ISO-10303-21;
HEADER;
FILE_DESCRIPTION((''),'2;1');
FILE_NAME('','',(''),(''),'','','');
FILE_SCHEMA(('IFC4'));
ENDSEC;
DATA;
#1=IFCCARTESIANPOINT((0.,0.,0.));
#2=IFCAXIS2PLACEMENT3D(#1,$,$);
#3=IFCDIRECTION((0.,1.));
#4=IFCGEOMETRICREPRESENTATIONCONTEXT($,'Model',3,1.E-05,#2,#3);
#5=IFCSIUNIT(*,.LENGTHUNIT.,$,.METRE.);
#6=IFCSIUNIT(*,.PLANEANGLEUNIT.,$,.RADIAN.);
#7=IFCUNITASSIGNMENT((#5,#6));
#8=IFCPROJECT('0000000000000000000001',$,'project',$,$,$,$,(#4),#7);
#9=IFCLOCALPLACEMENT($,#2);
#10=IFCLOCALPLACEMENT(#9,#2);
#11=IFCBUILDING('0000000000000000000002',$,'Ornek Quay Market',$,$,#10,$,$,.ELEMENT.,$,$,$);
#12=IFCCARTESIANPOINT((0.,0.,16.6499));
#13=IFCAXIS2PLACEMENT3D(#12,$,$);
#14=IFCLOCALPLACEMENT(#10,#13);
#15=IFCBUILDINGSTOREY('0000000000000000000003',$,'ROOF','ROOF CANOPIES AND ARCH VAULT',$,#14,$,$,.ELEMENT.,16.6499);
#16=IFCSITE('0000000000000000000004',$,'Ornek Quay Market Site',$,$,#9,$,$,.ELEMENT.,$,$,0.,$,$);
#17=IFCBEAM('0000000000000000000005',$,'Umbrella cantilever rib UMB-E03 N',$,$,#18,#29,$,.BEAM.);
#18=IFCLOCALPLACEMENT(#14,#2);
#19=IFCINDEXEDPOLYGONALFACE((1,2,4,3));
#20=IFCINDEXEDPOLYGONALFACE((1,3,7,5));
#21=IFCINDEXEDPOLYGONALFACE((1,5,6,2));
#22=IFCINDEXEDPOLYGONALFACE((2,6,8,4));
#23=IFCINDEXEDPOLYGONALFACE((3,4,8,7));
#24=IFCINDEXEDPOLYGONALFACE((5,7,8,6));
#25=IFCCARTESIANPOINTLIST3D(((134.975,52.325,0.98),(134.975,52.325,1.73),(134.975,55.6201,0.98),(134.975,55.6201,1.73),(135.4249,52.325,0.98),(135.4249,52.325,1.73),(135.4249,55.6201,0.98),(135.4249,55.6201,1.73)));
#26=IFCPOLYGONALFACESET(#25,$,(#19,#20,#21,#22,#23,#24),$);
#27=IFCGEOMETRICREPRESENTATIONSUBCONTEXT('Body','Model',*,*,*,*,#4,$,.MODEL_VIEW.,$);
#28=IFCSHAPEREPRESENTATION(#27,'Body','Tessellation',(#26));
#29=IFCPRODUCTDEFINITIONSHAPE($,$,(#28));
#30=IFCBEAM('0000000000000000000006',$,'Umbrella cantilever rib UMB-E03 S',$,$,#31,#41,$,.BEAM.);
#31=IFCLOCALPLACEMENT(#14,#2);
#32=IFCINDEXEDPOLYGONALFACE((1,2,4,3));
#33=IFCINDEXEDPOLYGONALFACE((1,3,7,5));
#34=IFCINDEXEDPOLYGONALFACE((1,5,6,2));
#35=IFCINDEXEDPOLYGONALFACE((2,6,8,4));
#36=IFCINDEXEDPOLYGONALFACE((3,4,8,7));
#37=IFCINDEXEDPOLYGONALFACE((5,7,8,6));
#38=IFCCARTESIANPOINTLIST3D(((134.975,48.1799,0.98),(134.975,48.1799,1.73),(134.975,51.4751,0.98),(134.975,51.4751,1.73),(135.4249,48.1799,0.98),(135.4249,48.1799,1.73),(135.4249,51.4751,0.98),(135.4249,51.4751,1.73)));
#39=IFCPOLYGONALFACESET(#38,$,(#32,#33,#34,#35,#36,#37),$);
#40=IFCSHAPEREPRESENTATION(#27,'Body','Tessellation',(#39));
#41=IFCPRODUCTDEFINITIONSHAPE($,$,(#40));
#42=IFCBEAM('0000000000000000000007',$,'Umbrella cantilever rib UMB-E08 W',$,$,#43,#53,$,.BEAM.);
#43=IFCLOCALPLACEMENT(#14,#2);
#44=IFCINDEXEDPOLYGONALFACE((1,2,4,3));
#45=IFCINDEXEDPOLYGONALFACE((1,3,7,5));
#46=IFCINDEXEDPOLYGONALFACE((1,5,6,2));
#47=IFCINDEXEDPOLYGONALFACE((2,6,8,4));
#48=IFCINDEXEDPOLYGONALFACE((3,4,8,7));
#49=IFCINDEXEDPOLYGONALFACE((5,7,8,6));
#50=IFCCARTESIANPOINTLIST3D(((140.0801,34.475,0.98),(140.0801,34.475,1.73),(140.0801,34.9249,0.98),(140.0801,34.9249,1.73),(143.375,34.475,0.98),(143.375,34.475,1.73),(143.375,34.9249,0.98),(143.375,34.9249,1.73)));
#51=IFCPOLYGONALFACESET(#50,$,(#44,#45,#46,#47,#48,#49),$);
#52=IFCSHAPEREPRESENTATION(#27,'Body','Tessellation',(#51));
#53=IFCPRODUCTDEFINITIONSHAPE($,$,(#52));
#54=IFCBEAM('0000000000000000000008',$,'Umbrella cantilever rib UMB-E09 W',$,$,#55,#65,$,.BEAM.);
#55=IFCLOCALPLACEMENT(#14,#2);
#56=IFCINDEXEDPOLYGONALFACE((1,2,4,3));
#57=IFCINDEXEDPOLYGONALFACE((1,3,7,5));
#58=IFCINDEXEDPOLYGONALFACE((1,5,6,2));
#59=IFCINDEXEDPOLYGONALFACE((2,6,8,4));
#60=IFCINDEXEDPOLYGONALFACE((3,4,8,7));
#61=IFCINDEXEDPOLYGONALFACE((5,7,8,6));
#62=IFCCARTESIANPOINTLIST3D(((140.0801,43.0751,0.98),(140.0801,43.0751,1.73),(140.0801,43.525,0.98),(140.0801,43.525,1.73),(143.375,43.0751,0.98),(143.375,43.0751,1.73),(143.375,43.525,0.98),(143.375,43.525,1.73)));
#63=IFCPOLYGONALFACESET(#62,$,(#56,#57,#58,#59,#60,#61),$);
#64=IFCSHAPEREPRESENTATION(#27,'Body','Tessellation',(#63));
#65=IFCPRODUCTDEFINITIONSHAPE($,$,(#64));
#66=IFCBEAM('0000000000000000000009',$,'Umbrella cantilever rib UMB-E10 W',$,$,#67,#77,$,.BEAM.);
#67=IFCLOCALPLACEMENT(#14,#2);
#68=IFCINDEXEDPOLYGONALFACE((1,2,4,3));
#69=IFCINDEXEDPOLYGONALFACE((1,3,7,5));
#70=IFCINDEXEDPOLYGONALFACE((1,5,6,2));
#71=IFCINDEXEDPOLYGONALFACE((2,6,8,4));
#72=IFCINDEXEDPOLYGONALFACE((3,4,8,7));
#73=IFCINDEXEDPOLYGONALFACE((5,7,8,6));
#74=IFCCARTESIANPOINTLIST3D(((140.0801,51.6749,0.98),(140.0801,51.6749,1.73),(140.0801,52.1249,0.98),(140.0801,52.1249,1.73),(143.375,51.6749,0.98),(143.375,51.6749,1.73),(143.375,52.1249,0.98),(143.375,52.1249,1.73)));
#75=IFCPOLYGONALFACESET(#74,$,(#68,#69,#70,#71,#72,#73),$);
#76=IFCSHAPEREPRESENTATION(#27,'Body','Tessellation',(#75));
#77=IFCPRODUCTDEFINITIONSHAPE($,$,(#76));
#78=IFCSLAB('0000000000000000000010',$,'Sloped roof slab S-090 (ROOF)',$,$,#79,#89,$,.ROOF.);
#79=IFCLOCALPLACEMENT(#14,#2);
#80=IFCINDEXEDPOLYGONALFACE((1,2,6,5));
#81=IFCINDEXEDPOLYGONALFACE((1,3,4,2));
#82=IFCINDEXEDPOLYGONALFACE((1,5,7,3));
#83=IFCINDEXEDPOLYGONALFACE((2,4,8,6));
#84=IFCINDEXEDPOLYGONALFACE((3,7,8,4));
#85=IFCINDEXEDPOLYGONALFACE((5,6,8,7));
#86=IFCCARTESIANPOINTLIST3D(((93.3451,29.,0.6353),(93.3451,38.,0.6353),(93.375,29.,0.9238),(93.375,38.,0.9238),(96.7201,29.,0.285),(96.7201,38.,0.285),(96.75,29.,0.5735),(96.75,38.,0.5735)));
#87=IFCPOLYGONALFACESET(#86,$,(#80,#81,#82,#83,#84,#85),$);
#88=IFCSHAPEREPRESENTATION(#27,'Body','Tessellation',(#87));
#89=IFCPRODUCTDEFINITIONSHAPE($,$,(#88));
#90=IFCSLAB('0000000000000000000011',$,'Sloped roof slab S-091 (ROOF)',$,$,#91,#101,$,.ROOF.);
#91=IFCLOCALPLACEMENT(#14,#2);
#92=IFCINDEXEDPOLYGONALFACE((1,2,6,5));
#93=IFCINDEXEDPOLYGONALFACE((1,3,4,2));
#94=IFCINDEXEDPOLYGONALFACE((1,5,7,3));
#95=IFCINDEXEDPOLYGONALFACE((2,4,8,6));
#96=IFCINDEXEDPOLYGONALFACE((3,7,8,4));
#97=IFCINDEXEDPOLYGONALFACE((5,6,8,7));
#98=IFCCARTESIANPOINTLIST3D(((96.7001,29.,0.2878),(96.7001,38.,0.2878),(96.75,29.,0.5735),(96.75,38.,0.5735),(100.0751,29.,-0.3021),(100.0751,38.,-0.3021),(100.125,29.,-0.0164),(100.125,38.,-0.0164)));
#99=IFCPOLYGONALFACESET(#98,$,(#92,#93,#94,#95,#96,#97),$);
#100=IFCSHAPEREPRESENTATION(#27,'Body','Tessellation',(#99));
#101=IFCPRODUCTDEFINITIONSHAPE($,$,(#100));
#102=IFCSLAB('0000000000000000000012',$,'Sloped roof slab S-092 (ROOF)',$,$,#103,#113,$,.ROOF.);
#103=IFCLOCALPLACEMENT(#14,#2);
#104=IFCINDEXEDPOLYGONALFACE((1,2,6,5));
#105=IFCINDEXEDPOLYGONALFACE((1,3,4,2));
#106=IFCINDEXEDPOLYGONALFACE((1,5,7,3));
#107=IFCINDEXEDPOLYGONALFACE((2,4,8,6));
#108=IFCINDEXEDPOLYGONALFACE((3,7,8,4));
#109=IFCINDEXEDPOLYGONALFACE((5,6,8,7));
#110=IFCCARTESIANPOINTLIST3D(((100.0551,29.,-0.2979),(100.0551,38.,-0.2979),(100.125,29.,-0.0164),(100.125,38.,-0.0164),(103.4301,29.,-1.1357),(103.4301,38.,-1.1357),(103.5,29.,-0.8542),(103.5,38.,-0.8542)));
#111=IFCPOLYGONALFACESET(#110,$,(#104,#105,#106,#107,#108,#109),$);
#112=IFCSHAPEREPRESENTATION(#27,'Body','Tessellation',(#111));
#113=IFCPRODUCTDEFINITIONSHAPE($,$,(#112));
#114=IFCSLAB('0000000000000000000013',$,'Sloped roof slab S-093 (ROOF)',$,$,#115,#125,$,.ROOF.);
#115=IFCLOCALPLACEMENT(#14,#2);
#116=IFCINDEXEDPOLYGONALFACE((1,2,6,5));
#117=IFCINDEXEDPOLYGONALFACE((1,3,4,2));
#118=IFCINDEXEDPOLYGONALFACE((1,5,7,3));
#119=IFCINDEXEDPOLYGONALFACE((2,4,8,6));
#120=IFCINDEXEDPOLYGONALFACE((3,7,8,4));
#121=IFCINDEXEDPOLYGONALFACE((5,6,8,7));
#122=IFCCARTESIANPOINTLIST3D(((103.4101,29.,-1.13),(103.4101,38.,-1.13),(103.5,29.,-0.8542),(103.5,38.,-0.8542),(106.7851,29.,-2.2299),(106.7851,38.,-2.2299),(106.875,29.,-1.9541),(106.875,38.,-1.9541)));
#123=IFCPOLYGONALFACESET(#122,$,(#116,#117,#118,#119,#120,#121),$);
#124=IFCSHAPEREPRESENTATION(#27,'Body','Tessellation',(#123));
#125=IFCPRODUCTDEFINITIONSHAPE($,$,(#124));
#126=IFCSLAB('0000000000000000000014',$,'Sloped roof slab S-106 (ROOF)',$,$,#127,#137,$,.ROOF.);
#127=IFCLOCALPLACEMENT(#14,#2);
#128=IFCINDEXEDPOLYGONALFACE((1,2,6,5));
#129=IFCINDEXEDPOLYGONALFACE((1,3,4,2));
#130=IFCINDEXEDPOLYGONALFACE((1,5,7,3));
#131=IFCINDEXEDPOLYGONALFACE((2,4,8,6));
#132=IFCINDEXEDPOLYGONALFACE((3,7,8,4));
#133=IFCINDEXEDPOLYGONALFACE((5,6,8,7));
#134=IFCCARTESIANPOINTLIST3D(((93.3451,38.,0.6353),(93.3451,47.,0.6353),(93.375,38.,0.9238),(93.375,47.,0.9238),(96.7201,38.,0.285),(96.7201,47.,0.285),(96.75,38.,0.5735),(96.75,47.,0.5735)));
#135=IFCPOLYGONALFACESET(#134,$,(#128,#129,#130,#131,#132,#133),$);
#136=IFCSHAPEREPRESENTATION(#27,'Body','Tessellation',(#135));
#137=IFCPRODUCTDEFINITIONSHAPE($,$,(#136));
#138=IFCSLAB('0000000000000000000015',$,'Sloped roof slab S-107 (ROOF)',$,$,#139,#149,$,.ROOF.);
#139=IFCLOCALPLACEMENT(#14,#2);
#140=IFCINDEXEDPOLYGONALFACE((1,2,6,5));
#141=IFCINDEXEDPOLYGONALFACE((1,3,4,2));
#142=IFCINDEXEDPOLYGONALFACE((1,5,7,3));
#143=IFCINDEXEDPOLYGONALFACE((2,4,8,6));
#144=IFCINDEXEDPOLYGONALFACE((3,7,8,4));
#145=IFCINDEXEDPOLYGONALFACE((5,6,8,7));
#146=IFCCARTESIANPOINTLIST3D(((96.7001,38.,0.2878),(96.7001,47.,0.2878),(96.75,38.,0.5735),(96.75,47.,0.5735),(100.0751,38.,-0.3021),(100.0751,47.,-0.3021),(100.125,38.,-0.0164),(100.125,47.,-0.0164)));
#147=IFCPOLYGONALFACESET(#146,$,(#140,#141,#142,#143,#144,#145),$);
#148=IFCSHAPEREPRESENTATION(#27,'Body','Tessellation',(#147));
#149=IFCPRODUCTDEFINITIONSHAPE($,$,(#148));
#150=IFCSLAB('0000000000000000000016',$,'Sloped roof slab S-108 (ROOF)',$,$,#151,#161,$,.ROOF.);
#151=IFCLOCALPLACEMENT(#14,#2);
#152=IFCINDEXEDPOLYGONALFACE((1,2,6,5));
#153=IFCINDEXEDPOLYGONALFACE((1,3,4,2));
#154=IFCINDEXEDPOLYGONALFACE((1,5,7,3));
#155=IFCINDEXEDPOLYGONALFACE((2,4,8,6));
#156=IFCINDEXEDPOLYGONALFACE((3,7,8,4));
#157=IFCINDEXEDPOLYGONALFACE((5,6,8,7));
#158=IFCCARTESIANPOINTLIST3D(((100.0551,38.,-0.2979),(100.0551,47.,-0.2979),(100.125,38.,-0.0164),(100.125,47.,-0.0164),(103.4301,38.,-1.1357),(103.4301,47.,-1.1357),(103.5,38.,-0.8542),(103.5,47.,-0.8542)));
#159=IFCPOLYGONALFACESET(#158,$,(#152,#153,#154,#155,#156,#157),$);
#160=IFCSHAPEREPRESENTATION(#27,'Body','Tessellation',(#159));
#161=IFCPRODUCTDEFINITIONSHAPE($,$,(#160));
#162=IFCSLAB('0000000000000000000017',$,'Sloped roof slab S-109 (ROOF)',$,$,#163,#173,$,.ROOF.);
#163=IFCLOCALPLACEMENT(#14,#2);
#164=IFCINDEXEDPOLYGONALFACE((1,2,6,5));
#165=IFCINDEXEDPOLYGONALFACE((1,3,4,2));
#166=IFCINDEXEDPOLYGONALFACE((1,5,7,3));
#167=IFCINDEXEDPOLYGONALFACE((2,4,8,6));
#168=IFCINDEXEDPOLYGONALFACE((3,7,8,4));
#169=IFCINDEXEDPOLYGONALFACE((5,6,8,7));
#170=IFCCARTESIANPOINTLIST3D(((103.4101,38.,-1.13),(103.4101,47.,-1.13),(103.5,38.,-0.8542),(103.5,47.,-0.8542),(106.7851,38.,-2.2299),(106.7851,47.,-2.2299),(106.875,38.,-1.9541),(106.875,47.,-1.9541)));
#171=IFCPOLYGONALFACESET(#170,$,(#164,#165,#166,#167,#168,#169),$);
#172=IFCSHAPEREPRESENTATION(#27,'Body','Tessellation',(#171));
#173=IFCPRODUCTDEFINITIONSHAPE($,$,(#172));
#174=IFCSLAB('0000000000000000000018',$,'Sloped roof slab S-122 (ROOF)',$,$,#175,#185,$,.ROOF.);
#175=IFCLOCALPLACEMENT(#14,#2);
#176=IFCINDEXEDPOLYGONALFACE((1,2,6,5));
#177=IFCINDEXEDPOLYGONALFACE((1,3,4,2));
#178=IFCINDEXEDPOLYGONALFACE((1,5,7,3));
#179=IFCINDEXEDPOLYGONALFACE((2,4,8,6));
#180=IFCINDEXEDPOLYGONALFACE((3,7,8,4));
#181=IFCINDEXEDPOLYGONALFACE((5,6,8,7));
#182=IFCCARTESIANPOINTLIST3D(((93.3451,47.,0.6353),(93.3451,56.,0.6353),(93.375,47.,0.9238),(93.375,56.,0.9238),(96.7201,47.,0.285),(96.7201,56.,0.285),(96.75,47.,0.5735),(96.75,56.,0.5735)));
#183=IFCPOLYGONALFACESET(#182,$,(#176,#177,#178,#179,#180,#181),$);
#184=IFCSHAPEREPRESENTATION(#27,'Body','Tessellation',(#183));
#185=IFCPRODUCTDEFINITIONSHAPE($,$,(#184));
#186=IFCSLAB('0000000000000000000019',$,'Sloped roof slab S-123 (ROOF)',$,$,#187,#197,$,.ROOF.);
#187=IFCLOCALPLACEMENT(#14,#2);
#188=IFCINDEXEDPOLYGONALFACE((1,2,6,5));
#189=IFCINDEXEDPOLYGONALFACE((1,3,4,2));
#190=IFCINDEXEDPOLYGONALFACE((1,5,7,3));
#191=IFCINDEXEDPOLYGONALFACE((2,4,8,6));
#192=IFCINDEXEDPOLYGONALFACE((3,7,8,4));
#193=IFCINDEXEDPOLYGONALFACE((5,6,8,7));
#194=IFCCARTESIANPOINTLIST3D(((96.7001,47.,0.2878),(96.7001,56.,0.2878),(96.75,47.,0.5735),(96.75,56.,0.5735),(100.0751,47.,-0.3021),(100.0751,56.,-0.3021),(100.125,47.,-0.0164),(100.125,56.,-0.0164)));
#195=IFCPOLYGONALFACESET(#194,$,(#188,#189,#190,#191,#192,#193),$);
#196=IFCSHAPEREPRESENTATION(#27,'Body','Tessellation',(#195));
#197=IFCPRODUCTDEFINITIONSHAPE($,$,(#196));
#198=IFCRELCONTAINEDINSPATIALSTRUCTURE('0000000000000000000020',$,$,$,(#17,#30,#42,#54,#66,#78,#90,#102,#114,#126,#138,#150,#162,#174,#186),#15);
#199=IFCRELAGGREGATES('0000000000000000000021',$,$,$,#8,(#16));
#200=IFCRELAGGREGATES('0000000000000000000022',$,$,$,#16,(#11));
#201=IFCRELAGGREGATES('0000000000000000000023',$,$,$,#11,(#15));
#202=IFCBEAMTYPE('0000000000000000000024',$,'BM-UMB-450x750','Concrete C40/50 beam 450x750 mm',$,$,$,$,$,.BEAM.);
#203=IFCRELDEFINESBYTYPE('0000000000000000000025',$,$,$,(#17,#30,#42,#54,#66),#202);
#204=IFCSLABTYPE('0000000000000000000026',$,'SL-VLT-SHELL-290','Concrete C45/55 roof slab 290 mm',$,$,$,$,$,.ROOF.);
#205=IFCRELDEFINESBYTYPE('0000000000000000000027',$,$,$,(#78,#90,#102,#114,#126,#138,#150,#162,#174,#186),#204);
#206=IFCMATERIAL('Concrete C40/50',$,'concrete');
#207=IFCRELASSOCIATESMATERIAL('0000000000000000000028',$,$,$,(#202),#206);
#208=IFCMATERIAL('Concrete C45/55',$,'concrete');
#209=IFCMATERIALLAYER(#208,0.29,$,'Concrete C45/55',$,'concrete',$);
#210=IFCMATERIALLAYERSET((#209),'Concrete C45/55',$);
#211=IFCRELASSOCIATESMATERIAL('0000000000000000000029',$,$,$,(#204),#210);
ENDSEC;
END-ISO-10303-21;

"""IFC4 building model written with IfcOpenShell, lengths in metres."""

from ifc_helpers import new_model, si_unit, direction, frame, origin, origin_2d, place, context, subcontext, project, spatial, polyline, rectangle, outline, extrude, material, layer, layer_set, material_profile, profile_set, type_object, element, save


model = new_model("IFC4")

# Units and contexts
model_context = context("Model", 3, precision=1e-05, world=origin(), true_north=direction((0.0, 1.0)))
body_context = subcontext(model_context, "Body", "Model", "MODEL_VIEW")
ifc_project = project(units=[si_unit("LENGTHUNIT", "METRE"), si_unit("PLANEANGLEUNIT", "RADIAN")], contexts=[model_context])

# Site, building, storey
site_placement = place(None, origin())
site = spatial("IfcSite", under=ifc_project, at=site_placement, Name="Ornek Quay Market Site", CompositionType="ELEMENT", RefElevation=0.0)
building_placement = place(site_placement, origin())
building = spatial("IfcBuilding", under=site, at=building_placement, Name="Ornek Quay Market", CompositionType="ELEMENT")
storey_placement = place(building_placement, frame((0.0, 0.0, 16.6499)))
storey = spatial("IfcBuildingStorey", under=building, at=storey_placement, Name="ROOF", Description="ROOF CANOPIES AND ARCH VAULT", CompositionType="ELEMENT", Elevation=16.6499)

# Beams
ifc_material_1 = material(Name="Concrete C40/50", Category="concrete")
ifc_material_profile_1 = material_profile(ifc_material_1, rectangle(XDim=0.45, YDim=0.75, at=origin_2d()), Name="RC 450x750", Category="concrete")
ifc_profile_set_1 = profile_set([ifc_material_profile_1], Name="Concrete C40/50")
beam_type_1 = type_object("IfcBeamType", Name="BM-UMB-450x750", Description="Concrete C40/50 beam 450x750 mm", PredefinedType="BEAM", material=ifc_profile_set_1)
for number, where, z_axis, x_axis, name in (
    (1, (135.2, 52.325, 1.355), (0.0, 1.0, 0.0), (-1.0, 0.0, 0.0), "Umbrella cantilever rib UMB-E03 N"),
    (2, (135.2, 51.4751, 1.355), (0.0, -1.0, 0.0), (1.0, 0.0, 0.0), "Umbrella cantilever rib UMB-E03 S"),
):
    element("IfcBeam", number, at=place(storey_placement, frame(where, z_axis=z_axis, x_axis=x_axis)), inside=storey, type_object=beam_type_1, Name=name, PredefinedType="BEAM", context=body_context, shape_type="SweptSolid", body=[
        extrude(rectangle(XDim=0.45, YDim=0.75, at=origin_2d()), origin(), (0.0, 0.0, 1.0), 3.2952),
    ])
for number, where, z_axis, x_axis, name in (
    (3, (143.375, 34.7, 1.355), (-1.0, 0.0, 0.0), (0.0, -1.0, 0.0), "Umbrella cantilever rib UMB-E08 W"),
    (4, (143.375, 43.3, 1.355), (-1.0, 0.0, 0.0), (0.0, -1.0, 0.0), "Umbrella cantilever rib UMB-E09 W"),
    (5, (143.375, 51.8999, 1.355), (-1.0, 0.0, 0.0), (0.0, -1.0, 0.0), "Umbrella cantilever rib UMB-E10 W"),
):
    element("IfcBeam", number, at=place(storey_placement, frame(where, z_axis=z_axis, x_axis=x_axis)), inside=storey, type_object=beam_type_1, Name=name, PredefinedType="BEAM", context=body_context, shape_type="SweptSolid", body=[
        extrude(rectangle(XDim=0.45, YDim=0.75, at=origin_2d()), origin(), (0.0, 0.0, 1.0), 3.2949),
    ])

# Slabs
ifc_material_2 = material(Name="Concrete C45/55", Category="concrete")
ifc_layer = layer(ifc_material_2, 0.29, Name="Concrete C45/55", Category="concrete")
ifc_layer_set = layer_set([ifc_layer], Name="Concrete C45/55")
slab_type = type_object("IfcSlabType", Name="SL-VLT-SHELL-290", Description="Concrete C45/55 roof slab 290 mm", PredefinedType="ROOF", material=ifc_layer_set)
slab_1_placement = place(storey_placement, frame((93.375, 29.0, 0.9238), z_axis=(0.10325, 0.0, 0.994655), x_axis=(0.994655, 0.0, -0.10325)))
element("IfcSlab", 6, at=slab_1_placement, inside=storey, type_object=slab_type, Name="Sloped roof slab S-090 (ROOF)", PredefinedType="ROOF", context=body_context, shape_type="SweptSolid", body=[
    extrude(outline(polyline([(0.0, 0.0), (3.3931, 0.0), (3.3931, 9.0), (0.0, 9.0), (0.0, 0.0)])), origin(), (0.0, 0.0, -1.0), 0.29),
])
slab_2_placement = place(storey_placement, frame((96.75, 29.0, 0.5735), z_axis=(0.172159, 0.0, 0.985069), x_axis=(0.985069, 0.0, -0.172159)))
element("IfcSlab", 7, at=slab_2_placement, inside=storey, type_object=slab_type, Name="Sloped roof slab S-091 (ROOF)", PredefinedType="ROOF", context=body_context, shape_type="SweptSolid", body=[
    extrude(outline(polyline([(0.0, 0.0), (3.4262, 0.0), (3.4262, 9.0), (0.0, 9.0), (0.0, 0.0)])), origin(), (0.0, 0.0, -1.0), 0.29),
])
slab_3_placement = place(storey_placement, frame((100.125, 29.0, -0.0164), z_axis=(0.240949, 0.0, 0.970538), x_axis=(0.970538, 0.0, -0.240949)))
element("IfcSlab", 8, at=slab_3_placement, inside=storey, type_object=slab_type, Name="Sloped roof slab S-092 (ROOF)", PredefinedType="ROOF", context=body_context, shape_type="SweptSolid", body=[
    extrude(outline(polyline([(0.0, 0.0), (3.4775, 0.0), (3.4775, 9.0), (0.0, 9.0), (0.0, 0.0)])), origin(), (0.0, 0.0, -1.0), 0.29),
])
slab_4_placement = place(storey_placement, frame((103.5, 29.0, -0.8542), z_axis=(0.309845, 0.0, 0.950787), x_axis=(0.950787, 0.0, -0.309845)))
element("IfcSlab", 9, at=slab_4_placement, inside=storey, type_object=slab_type, Name="Sloped roof slab S-093 (ROOF)", PredefinedType="ROOF", context=body_context, shape_type="SweptSolid", body=[
    extrude(outline(polyline([(0.0, 0.0), (3.5497, 0.0), (3.5497, 9.0), (0.0, 9.0), (0.0, 0.0)])), origin(), (0.0, 0.0, -1.0), 0.29),
])
slab_5_placement = place(storey_placement, frame((93.375, 38.0, 0.9238), z_axis=(0.10325, 0.0, 0.994655), x_axis=(0.994655, 0.0, -0.10325)))
element("IfcSlab", 10, at=slab_5_placement, inside=storey, type_object=slab_type, Name="Sloped roof slab S-106 (ROOF)", PredefinedType="ROOF", context=body_context, shape_type="SweptSolid", body=[
    extrude(outline(polyline([(0.0, 0.0), (3.3931, 0.0), (3.3931, 9.0), (0.0, 9.0), (0.0, 0.0)])), origin(), (0.0, 0.0, -1.0), 0.29),
])
slab_6_placement = place(storey_placement, frame((96.75, 38.0, 0.5735), z_axis=(0.172159, 0.0, 0.985069), x_axis=(0.985069, 0.0, -0.172159)))
element("IfcSlab", 11, at=slab_6_placement, inside=storey, type_object=slab_type, Name="Sloped roof slab S-107 (ROOF)", PredefinedType="ROOF", context=body_context, shape_type="SweptSolid", body=[
    extrude(outline(polyline([(0.0, 0.0), (3.4262, 0.0), (3.4262, 9.0), (0.0, 9.0), (0.0, 0.0)])), origin(), (0.0, 0.0, -1.0), 0.29),
])
slab_7_placement = place(storey_placement, frame((100.125, 38.0, -0.0164), z_axis=(0.240949, 0.0, 0.970538), x_axis=(0.970538, 0.0, -0.240949)))
element("IfcSlab", 12, at=slab_7_placement, inside=storey, type_object=slab_type, Name="Sloped roof slab S-108 (ROOF)", PredefinedType="ROOF", context=body_context, shape_type="SweptSolid", body=[
    extrude(outline(polyline([(0.0, 0.0), (3.4775, 0.0), (3.4775, 9.0), (0.0, 9.0), (0.0, 0.0)])), origin(), (0.0, 0.0, -1.0), 0.29),
])
slab_8_placement = place(storey_placement, frame((103.5, 38.0, -0.8542), z_axis=(0.309845, 0.0, 0.950787), x_axis=(0.950787, 0.0, -0.309845)))
element("IfcSlab", 13, at=slab_8_placement, inside=storey, type_object=slab_type, Name="Sloped roof slab S-109 (ROOF)", PredefinedType="ROOF", context=body_context, shape_type="SweptSolid", body=[
    extrude(outline(polyline([(0.0, 0.0), (3.5497, 0.0), (3.5497, 9.0), (0.0, 9.0), (0.0, 0.0)])), origin(), (0.0, 0.0, -1.0), 0.29),
])
slab_9_placement = place(storey_placement, frame((93.375, 47.0, 0.9238), z_axis=(0.10325, 0.0, 0.994655), x_axis=(0.994655, 0.0, -0.10325)))
element("IfcSlab", 14, at=slab_9_placement, inside=storey, type_object=slab_type, Name="Sloped roof slab S-122 (ROOF)", PredefinedType="ROOF", context=body_context, shape_type="SweptSolid", body=[
    extrude(outline(polyline([(0.0, 0.0), (3.3931, 0.0), (3.3931, 9.0), (0.0, 9.0), (0.0, 0.0)])), origin(), (0.0, 0.0, -1.0), 0.29),
])
slab_10_placement = place(storey_placement, frame((96.75, 47.0, 0.5735), z_axis=(0.172159, 0.0, 0.985069), x_axis=(0.985069, 0.0, -0.172159)))
element("IfcSlab", 15, at=slab_10_placement, inside=storey, type_object=slab_type, Name="Sloped roof slab S-123 (ROOF)", PredefinedType="ROOF", context=body_context, shape_type="SweptSolid", body=[
    extrude(outline(polyline([(0.0, 0.0), (3.4262, 0.0), (3.4262, 9.0), (0.0, 9.0), (0.0, 0.0)])), origin(), (0.0, 0.0, -1.0), 0.29),
])

save(model, "model.ifc")
